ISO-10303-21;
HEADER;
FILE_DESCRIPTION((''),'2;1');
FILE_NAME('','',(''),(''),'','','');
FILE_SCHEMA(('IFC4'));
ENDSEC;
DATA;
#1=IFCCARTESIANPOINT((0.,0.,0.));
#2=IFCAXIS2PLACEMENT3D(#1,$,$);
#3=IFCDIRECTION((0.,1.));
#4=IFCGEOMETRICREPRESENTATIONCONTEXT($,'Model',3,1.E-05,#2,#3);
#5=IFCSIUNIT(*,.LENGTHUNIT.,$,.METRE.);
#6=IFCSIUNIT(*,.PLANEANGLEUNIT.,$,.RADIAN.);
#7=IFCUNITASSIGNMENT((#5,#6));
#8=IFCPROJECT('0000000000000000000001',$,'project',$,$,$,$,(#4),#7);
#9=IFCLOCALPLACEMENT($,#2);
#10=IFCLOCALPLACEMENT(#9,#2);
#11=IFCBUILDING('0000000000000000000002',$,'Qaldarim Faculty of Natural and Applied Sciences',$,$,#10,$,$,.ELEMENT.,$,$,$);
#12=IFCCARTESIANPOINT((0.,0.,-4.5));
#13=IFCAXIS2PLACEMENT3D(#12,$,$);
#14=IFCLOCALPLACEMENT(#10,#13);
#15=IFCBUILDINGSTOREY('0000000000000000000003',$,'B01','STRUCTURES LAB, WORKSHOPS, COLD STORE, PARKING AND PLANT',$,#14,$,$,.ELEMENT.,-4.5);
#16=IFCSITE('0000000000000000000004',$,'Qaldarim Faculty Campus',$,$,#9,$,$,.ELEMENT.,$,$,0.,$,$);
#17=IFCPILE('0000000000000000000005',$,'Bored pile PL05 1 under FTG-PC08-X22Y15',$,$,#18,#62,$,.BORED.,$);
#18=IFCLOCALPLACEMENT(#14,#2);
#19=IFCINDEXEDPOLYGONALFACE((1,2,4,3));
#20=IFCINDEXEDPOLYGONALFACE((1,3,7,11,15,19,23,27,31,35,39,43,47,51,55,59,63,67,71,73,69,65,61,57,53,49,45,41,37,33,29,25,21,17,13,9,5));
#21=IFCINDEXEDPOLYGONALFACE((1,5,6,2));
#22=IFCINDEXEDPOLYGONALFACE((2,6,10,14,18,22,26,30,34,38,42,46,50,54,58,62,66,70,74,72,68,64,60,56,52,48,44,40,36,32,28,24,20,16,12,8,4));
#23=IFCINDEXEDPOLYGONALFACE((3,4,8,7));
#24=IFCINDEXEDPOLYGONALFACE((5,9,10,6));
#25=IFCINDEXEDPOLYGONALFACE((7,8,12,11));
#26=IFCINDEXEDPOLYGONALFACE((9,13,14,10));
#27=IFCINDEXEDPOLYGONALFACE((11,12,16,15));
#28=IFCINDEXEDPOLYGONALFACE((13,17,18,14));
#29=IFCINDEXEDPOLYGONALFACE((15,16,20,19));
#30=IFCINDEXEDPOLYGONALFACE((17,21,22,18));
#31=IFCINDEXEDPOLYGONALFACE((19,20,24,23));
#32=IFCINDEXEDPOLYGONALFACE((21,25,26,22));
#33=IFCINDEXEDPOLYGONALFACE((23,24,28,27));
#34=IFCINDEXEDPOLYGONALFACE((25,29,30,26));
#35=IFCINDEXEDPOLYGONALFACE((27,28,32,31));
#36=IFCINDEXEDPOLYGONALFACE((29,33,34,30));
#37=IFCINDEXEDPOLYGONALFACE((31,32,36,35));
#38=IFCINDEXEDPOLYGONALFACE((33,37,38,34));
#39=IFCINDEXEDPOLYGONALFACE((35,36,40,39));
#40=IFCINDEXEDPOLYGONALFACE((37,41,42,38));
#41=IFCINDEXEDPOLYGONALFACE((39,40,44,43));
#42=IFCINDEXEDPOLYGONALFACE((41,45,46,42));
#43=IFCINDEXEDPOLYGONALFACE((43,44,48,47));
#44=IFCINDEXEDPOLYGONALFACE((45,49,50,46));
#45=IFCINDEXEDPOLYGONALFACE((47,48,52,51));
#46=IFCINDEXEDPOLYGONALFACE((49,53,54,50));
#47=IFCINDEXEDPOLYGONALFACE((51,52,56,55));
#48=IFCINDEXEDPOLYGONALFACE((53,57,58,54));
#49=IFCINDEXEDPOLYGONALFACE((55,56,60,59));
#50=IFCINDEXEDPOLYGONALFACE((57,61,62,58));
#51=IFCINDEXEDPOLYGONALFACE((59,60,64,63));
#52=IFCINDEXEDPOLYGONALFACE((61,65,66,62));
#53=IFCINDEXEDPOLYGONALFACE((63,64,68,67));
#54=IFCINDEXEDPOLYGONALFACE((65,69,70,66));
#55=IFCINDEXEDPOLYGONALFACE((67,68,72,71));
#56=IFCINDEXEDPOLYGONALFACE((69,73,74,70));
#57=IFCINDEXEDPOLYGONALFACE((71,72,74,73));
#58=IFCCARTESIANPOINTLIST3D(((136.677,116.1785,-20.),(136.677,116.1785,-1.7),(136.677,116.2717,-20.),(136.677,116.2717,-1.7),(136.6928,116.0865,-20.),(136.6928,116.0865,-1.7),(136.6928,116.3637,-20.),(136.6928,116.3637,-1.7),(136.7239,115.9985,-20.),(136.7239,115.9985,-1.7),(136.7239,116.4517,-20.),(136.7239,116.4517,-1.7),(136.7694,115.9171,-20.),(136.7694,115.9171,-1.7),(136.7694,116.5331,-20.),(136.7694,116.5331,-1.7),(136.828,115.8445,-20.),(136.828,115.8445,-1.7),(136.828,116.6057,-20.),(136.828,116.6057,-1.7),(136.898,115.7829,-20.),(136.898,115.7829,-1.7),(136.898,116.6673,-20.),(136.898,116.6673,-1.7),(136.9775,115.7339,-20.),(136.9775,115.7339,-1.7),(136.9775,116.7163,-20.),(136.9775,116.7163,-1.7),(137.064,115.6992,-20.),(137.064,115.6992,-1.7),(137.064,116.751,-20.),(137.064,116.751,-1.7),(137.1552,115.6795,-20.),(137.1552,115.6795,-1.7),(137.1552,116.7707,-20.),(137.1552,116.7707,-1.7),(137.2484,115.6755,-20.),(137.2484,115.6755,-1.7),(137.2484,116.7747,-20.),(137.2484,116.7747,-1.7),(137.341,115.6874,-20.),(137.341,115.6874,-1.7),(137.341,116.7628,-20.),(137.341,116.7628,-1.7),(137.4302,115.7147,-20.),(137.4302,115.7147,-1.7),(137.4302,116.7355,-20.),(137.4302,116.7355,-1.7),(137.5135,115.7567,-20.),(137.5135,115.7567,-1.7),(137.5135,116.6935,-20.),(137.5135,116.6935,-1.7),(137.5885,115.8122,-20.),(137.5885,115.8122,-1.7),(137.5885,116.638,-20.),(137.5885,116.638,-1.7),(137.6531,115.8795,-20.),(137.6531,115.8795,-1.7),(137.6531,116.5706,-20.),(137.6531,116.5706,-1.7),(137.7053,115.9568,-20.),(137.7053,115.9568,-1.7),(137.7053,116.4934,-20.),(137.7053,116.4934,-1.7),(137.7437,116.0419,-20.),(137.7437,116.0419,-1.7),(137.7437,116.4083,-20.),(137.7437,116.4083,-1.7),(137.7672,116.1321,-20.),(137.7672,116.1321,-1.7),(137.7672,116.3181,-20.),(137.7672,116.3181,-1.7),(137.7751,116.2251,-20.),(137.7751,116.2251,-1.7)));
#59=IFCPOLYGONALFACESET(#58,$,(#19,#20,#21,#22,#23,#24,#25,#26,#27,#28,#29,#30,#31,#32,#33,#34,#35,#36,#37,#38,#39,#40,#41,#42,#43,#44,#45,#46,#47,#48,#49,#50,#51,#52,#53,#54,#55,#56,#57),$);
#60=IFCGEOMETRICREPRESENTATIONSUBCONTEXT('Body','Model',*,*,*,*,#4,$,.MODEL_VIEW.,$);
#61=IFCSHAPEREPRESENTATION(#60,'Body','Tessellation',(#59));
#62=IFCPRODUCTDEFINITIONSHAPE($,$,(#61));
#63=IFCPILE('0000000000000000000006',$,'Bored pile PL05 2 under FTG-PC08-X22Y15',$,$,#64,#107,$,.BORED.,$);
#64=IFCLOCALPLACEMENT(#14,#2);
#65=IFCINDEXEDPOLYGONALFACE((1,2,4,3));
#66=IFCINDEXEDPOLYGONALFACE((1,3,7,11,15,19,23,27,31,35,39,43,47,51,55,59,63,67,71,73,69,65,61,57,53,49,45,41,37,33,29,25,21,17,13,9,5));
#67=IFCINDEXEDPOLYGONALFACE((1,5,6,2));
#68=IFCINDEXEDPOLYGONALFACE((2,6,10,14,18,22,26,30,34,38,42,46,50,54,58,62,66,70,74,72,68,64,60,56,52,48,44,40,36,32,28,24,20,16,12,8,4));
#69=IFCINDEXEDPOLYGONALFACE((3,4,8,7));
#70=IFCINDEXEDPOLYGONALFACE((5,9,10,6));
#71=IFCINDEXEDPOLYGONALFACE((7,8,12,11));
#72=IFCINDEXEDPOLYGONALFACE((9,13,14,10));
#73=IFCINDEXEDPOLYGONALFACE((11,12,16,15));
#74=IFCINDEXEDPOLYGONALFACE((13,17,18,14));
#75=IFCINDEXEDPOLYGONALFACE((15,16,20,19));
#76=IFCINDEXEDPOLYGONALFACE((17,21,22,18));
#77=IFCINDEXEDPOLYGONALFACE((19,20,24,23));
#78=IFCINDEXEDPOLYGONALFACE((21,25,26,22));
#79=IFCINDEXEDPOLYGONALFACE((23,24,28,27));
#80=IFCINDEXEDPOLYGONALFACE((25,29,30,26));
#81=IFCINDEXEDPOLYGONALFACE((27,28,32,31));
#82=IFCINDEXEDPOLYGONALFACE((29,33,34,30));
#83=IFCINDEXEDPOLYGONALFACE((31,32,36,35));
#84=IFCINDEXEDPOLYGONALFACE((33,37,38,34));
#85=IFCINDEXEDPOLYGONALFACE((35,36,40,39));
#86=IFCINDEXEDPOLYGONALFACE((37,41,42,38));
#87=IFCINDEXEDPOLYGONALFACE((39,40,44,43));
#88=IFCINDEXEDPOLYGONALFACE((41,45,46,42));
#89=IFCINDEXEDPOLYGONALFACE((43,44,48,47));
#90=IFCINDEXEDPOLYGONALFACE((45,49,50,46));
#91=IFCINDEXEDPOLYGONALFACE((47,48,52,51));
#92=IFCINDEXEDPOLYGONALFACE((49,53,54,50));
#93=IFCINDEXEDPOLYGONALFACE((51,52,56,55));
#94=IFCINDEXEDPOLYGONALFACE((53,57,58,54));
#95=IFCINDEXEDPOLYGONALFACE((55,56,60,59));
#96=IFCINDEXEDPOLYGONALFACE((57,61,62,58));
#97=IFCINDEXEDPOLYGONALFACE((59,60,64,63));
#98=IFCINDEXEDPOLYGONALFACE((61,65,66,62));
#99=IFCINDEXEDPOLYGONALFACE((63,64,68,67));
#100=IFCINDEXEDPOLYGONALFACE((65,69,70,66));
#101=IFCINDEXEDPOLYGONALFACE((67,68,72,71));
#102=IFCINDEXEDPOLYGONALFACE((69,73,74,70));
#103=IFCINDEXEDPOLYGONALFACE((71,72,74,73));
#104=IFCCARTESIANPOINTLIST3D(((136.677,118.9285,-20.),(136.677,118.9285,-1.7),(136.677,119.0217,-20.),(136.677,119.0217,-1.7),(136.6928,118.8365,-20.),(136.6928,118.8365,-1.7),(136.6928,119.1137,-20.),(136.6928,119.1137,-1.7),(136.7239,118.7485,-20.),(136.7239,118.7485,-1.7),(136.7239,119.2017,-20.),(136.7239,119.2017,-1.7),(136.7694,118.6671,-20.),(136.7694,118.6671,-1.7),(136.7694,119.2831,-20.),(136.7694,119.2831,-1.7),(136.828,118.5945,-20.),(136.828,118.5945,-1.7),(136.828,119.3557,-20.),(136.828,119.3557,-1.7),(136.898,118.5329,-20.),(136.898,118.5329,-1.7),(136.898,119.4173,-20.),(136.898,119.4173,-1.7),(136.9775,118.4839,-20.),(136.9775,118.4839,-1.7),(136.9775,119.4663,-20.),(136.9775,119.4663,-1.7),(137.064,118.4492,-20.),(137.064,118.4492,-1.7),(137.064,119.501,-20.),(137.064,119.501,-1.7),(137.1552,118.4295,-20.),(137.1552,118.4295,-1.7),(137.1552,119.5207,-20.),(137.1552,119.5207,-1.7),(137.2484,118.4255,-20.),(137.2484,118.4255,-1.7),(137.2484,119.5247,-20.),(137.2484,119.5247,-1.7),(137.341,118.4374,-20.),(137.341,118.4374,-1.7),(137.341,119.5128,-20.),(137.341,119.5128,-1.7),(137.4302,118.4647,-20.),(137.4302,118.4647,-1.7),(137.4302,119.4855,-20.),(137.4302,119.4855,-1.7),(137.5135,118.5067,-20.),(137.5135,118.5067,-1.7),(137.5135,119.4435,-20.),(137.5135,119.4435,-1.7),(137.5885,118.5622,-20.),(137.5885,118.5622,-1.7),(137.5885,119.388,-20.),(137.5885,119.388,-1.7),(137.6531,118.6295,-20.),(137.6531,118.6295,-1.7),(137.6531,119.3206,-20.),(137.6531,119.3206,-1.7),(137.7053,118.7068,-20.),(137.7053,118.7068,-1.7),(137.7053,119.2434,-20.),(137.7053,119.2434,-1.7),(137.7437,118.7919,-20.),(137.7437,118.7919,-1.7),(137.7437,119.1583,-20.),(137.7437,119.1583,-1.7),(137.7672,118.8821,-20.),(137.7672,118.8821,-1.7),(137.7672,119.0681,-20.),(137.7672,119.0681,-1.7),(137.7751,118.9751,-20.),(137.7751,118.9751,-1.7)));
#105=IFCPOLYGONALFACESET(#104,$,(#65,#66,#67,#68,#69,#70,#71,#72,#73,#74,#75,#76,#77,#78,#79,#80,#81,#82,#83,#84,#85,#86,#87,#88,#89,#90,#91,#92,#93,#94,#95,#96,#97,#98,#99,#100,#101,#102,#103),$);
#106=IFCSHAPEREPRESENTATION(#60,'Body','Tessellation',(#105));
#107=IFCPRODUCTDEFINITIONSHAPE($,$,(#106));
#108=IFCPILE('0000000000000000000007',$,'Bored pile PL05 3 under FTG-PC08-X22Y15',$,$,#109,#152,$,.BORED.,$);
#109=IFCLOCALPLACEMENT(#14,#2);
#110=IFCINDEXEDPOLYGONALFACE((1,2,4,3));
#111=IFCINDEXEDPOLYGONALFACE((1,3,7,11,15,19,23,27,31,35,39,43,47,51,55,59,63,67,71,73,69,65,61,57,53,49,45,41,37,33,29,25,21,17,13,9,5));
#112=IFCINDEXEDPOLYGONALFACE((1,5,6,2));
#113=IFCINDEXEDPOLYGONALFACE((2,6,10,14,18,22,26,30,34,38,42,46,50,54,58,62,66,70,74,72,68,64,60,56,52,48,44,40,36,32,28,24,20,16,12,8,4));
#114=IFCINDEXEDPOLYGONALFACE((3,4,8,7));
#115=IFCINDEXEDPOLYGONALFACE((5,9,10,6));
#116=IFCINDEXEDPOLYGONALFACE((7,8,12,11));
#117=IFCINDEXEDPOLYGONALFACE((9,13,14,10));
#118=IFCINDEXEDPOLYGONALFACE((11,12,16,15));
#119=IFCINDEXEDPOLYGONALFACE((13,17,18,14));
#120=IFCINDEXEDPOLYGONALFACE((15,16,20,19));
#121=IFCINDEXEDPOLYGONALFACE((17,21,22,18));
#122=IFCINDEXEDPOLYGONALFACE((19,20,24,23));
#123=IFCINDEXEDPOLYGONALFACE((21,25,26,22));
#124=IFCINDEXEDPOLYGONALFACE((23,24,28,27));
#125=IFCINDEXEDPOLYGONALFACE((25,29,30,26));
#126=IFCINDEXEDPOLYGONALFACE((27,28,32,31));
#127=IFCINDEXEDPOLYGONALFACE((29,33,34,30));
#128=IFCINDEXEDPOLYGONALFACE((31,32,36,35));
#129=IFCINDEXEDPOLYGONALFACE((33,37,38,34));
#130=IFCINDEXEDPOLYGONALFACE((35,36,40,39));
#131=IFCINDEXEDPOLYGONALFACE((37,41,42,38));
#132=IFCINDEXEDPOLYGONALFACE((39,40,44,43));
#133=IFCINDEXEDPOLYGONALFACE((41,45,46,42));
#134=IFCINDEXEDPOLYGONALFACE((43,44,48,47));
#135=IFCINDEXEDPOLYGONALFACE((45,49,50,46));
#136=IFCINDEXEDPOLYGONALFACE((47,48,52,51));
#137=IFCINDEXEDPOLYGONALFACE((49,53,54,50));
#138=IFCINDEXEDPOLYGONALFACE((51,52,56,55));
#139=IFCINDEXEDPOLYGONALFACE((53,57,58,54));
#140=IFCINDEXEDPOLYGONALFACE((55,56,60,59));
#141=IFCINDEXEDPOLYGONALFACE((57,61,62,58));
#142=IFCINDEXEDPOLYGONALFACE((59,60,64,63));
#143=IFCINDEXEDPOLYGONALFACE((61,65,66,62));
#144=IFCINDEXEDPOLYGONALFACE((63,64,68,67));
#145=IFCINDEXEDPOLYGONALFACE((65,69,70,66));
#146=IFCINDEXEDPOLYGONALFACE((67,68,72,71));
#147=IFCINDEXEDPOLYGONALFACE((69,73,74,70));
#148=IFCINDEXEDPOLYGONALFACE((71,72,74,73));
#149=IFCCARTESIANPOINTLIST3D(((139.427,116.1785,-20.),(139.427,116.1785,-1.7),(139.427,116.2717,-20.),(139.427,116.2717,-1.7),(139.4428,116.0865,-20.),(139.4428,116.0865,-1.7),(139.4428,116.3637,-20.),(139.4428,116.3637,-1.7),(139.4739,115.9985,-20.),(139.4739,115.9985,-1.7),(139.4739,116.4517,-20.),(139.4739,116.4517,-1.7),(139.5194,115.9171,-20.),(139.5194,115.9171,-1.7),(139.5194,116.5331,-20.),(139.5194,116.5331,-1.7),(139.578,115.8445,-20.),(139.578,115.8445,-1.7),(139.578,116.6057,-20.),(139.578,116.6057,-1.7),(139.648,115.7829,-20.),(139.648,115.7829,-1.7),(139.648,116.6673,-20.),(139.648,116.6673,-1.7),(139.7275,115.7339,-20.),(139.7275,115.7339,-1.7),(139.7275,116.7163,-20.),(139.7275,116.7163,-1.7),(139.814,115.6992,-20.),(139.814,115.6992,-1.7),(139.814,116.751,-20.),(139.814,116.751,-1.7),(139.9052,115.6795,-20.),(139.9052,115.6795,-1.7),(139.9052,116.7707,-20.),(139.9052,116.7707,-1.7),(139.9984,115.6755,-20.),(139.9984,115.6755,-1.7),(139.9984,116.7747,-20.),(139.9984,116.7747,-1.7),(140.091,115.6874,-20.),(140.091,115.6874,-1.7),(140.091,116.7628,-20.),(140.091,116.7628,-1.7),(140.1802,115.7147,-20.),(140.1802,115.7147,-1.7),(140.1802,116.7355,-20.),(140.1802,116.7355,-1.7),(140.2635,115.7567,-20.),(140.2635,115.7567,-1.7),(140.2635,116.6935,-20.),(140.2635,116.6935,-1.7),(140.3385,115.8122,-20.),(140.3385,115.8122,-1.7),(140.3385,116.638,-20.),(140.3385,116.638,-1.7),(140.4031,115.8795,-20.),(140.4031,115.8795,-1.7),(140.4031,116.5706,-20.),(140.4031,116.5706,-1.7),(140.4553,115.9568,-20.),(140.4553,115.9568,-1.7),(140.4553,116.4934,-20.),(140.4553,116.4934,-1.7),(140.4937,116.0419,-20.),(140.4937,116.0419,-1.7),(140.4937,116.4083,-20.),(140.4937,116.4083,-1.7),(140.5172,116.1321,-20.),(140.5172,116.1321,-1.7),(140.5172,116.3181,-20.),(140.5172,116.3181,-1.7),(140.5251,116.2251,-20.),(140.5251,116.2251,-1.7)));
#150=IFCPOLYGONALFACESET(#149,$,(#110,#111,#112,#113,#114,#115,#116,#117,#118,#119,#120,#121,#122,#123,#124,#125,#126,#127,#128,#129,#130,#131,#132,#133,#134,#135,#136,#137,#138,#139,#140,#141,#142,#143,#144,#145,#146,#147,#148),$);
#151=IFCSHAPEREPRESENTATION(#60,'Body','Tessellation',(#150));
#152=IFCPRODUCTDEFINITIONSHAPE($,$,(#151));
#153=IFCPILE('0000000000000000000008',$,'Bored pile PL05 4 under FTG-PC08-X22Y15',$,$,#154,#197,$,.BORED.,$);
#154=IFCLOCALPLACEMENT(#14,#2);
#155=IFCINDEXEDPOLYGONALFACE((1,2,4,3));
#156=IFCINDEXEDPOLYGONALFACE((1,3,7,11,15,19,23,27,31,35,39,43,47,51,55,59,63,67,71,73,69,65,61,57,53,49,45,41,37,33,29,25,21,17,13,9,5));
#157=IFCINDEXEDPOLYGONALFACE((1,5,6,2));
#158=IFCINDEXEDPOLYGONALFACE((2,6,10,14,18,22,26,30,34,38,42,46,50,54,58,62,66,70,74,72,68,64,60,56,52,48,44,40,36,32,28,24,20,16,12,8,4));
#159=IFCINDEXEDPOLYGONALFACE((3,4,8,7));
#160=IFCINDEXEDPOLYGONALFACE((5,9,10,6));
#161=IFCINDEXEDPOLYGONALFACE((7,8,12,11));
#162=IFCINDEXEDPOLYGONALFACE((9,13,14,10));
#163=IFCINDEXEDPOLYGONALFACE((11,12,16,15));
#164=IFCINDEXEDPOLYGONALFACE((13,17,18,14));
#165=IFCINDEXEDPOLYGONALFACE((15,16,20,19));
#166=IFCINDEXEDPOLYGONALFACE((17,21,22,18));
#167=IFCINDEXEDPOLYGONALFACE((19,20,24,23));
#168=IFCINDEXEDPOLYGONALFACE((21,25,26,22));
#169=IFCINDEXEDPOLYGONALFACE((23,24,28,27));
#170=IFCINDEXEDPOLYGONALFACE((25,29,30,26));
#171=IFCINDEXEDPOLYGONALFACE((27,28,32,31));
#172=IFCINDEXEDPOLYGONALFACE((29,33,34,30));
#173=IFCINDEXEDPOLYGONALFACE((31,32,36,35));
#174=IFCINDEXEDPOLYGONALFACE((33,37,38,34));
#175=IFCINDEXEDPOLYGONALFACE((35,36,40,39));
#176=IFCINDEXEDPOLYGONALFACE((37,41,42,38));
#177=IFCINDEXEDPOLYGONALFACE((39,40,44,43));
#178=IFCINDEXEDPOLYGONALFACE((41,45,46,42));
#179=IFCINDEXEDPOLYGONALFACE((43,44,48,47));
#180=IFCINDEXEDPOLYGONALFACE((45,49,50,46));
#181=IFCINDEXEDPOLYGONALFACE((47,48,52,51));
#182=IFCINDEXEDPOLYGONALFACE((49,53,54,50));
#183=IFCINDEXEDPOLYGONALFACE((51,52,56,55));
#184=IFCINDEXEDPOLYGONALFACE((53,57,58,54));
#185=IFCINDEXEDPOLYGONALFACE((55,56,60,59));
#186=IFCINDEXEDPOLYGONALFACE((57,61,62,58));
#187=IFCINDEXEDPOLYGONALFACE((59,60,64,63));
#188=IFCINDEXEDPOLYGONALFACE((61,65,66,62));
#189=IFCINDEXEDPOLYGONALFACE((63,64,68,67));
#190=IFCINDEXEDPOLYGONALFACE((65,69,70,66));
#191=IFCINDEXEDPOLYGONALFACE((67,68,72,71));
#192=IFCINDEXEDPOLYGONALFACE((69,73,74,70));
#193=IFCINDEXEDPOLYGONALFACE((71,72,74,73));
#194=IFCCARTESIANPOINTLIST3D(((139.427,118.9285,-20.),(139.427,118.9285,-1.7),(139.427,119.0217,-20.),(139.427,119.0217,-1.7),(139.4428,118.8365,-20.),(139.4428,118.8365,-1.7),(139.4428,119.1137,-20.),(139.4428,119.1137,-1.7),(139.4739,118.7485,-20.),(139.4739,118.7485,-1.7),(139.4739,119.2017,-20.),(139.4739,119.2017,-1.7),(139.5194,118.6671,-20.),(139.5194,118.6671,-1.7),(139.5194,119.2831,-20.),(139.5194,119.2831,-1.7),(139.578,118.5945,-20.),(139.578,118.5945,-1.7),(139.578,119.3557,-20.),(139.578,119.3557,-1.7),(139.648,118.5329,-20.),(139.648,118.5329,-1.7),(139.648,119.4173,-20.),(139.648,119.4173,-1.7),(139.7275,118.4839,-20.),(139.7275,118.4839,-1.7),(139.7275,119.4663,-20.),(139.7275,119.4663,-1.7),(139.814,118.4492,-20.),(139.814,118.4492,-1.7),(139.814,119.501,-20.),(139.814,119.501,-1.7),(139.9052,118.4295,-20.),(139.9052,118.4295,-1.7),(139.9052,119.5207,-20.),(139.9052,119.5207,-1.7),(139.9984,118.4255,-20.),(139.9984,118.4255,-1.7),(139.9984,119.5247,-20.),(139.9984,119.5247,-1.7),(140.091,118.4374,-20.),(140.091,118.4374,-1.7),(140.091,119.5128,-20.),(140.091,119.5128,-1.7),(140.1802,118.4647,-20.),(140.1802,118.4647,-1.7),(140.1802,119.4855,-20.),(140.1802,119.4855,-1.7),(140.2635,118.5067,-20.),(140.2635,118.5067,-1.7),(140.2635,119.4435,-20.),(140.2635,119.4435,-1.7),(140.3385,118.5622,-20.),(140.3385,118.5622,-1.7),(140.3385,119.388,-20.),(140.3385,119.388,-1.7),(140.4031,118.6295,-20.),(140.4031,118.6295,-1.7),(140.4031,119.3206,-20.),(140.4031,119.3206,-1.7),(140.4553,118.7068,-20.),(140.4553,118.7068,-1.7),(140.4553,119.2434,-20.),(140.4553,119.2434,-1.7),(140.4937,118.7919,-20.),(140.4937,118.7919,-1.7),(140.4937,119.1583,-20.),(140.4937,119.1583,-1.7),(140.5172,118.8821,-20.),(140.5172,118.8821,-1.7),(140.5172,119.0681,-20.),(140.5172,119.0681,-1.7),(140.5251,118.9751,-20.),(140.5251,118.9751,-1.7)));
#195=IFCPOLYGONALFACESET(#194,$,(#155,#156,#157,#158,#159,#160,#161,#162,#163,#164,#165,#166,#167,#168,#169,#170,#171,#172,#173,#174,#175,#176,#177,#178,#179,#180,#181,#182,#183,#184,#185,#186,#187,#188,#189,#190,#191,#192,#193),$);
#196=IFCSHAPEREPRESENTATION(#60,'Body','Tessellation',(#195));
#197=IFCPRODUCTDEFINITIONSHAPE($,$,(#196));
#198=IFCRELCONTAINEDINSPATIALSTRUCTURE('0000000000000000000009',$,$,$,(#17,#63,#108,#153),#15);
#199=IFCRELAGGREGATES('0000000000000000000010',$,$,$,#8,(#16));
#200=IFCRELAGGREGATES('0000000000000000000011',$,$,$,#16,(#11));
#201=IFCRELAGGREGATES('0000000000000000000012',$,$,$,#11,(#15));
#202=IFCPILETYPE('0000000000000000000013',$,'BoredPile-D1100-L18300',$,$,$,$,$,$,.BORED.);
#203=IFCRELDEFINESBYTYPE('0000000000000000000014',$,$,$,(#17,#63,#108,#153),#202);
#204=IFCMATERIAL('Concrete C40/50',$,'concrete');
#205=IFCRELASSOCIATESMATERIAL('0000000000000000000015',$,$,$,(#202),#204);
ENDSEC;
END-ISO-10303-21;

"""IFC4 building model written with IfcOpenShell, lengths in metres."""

from ifc_helpers import new_model, si_unit, direction, frame, origin, origin_2d, place, context, subcontext, project, spatial, circle, extrude, material, material_profile, profile_set, type_object, element, save


model = new_model("IFC4")

# Units and contexts
model_context = context("Model", 3, precision=1e-05, world=origin(), true_north=direction((0.0, 1.0)))
body_context = subcontext(model_context, "Body", "Model", "MODEL_VIEW")
ifc_project = project(units=[si_unit("LENGTHUNIT", "METRE"), si_unit("PLANEANGLEUNIT", "RADIAN")], contexts=[model_context])

# Site, building, storey
site_placement = place(None, origin())
site = spatial("IfcSite", under=ifc_project, at=site_placement, Name="Qaldarim Faculty Campus", CompositionType="ELEMENT", RefElevation=0.0)
building_placement = place(site_placement, origin())
building = spatial("IfcBuilding", under=site, at=building_placement, Name="Qaldarim Faculty of Natural and Applied Sciences", CompositionType="ELEMENT")
storey_placement = place(building_placement, frame((0.0, 0.0, -4.5)))
storey = spatial("IfcBuildingStorey", under=building, at=storey_placement, Name="B01", Description="STRUCTURES LAB, WORKSHOPS, COLD STORE, PARKING AND PLANT", CompositionType="ELEMENT", Elevation=-4.5)

# Piles
ifc_material_1 = material(Name="Concrete C40/50", Category="concrete")
ifc_material_profile_1 = material_profile(ifc_material_1, circle(Radius=0.55, at=origin_2d()), Name="PILE-D1100")
ifc_profile_set_1 = profile_set([ifc_material_profile_1], Name="Concrete C40/50")
pile_type_1 = type_object("IfcPileType", Name="BoredPile-D1100-L18300", PredefinedType="BORED", material=ifc_profile_set_1)
for number, where, z_axis, x_axis, name in (
    (1, (137.2251, 116.2251, -1.7), (0.0, 0.0, -1.0), (1.0, 0.0, 0.0), "Bored pile PL05 1 under FTG-PC08-X22Y15"),
    (2, (137.2251, 118.9751, -1.7), (0.0, 0.0, -1.0), (1.0, 0.0, 0.0), "Bored pile PL05 2 under FTG-PC08-X22Y15"),
    (3, (139.9751, 116.2251, -1.7), (0.0, 0.0, -1.0), (1.0, 0.0, 0.0), "Bored pile PL05 3 under FTG-PC08-X22Y15"),
    (4, (139.9751, 118.9751, -1.7), (0.0, 0.0, -1.0), (1.0, 0.0, 0.0), "Bored pile PL05 4 under FTG-PC08-X22Y15"),
):
    element("IfcPile", number, at=place(storey_placement, frame(where, z_axis=z_axis, x_axis=x_axis)), inside=storey, type_object=pile_type_1, Name=name, PredefinedType="BORED", context=body_context, shape_type="SweptSolid", body=[
        extrude(circle(Radius=0.55, at=origin_2d()), origin(), (0.0, 0.0, 1.0), 18.3),
    ])

save(model, "model.ifc")
